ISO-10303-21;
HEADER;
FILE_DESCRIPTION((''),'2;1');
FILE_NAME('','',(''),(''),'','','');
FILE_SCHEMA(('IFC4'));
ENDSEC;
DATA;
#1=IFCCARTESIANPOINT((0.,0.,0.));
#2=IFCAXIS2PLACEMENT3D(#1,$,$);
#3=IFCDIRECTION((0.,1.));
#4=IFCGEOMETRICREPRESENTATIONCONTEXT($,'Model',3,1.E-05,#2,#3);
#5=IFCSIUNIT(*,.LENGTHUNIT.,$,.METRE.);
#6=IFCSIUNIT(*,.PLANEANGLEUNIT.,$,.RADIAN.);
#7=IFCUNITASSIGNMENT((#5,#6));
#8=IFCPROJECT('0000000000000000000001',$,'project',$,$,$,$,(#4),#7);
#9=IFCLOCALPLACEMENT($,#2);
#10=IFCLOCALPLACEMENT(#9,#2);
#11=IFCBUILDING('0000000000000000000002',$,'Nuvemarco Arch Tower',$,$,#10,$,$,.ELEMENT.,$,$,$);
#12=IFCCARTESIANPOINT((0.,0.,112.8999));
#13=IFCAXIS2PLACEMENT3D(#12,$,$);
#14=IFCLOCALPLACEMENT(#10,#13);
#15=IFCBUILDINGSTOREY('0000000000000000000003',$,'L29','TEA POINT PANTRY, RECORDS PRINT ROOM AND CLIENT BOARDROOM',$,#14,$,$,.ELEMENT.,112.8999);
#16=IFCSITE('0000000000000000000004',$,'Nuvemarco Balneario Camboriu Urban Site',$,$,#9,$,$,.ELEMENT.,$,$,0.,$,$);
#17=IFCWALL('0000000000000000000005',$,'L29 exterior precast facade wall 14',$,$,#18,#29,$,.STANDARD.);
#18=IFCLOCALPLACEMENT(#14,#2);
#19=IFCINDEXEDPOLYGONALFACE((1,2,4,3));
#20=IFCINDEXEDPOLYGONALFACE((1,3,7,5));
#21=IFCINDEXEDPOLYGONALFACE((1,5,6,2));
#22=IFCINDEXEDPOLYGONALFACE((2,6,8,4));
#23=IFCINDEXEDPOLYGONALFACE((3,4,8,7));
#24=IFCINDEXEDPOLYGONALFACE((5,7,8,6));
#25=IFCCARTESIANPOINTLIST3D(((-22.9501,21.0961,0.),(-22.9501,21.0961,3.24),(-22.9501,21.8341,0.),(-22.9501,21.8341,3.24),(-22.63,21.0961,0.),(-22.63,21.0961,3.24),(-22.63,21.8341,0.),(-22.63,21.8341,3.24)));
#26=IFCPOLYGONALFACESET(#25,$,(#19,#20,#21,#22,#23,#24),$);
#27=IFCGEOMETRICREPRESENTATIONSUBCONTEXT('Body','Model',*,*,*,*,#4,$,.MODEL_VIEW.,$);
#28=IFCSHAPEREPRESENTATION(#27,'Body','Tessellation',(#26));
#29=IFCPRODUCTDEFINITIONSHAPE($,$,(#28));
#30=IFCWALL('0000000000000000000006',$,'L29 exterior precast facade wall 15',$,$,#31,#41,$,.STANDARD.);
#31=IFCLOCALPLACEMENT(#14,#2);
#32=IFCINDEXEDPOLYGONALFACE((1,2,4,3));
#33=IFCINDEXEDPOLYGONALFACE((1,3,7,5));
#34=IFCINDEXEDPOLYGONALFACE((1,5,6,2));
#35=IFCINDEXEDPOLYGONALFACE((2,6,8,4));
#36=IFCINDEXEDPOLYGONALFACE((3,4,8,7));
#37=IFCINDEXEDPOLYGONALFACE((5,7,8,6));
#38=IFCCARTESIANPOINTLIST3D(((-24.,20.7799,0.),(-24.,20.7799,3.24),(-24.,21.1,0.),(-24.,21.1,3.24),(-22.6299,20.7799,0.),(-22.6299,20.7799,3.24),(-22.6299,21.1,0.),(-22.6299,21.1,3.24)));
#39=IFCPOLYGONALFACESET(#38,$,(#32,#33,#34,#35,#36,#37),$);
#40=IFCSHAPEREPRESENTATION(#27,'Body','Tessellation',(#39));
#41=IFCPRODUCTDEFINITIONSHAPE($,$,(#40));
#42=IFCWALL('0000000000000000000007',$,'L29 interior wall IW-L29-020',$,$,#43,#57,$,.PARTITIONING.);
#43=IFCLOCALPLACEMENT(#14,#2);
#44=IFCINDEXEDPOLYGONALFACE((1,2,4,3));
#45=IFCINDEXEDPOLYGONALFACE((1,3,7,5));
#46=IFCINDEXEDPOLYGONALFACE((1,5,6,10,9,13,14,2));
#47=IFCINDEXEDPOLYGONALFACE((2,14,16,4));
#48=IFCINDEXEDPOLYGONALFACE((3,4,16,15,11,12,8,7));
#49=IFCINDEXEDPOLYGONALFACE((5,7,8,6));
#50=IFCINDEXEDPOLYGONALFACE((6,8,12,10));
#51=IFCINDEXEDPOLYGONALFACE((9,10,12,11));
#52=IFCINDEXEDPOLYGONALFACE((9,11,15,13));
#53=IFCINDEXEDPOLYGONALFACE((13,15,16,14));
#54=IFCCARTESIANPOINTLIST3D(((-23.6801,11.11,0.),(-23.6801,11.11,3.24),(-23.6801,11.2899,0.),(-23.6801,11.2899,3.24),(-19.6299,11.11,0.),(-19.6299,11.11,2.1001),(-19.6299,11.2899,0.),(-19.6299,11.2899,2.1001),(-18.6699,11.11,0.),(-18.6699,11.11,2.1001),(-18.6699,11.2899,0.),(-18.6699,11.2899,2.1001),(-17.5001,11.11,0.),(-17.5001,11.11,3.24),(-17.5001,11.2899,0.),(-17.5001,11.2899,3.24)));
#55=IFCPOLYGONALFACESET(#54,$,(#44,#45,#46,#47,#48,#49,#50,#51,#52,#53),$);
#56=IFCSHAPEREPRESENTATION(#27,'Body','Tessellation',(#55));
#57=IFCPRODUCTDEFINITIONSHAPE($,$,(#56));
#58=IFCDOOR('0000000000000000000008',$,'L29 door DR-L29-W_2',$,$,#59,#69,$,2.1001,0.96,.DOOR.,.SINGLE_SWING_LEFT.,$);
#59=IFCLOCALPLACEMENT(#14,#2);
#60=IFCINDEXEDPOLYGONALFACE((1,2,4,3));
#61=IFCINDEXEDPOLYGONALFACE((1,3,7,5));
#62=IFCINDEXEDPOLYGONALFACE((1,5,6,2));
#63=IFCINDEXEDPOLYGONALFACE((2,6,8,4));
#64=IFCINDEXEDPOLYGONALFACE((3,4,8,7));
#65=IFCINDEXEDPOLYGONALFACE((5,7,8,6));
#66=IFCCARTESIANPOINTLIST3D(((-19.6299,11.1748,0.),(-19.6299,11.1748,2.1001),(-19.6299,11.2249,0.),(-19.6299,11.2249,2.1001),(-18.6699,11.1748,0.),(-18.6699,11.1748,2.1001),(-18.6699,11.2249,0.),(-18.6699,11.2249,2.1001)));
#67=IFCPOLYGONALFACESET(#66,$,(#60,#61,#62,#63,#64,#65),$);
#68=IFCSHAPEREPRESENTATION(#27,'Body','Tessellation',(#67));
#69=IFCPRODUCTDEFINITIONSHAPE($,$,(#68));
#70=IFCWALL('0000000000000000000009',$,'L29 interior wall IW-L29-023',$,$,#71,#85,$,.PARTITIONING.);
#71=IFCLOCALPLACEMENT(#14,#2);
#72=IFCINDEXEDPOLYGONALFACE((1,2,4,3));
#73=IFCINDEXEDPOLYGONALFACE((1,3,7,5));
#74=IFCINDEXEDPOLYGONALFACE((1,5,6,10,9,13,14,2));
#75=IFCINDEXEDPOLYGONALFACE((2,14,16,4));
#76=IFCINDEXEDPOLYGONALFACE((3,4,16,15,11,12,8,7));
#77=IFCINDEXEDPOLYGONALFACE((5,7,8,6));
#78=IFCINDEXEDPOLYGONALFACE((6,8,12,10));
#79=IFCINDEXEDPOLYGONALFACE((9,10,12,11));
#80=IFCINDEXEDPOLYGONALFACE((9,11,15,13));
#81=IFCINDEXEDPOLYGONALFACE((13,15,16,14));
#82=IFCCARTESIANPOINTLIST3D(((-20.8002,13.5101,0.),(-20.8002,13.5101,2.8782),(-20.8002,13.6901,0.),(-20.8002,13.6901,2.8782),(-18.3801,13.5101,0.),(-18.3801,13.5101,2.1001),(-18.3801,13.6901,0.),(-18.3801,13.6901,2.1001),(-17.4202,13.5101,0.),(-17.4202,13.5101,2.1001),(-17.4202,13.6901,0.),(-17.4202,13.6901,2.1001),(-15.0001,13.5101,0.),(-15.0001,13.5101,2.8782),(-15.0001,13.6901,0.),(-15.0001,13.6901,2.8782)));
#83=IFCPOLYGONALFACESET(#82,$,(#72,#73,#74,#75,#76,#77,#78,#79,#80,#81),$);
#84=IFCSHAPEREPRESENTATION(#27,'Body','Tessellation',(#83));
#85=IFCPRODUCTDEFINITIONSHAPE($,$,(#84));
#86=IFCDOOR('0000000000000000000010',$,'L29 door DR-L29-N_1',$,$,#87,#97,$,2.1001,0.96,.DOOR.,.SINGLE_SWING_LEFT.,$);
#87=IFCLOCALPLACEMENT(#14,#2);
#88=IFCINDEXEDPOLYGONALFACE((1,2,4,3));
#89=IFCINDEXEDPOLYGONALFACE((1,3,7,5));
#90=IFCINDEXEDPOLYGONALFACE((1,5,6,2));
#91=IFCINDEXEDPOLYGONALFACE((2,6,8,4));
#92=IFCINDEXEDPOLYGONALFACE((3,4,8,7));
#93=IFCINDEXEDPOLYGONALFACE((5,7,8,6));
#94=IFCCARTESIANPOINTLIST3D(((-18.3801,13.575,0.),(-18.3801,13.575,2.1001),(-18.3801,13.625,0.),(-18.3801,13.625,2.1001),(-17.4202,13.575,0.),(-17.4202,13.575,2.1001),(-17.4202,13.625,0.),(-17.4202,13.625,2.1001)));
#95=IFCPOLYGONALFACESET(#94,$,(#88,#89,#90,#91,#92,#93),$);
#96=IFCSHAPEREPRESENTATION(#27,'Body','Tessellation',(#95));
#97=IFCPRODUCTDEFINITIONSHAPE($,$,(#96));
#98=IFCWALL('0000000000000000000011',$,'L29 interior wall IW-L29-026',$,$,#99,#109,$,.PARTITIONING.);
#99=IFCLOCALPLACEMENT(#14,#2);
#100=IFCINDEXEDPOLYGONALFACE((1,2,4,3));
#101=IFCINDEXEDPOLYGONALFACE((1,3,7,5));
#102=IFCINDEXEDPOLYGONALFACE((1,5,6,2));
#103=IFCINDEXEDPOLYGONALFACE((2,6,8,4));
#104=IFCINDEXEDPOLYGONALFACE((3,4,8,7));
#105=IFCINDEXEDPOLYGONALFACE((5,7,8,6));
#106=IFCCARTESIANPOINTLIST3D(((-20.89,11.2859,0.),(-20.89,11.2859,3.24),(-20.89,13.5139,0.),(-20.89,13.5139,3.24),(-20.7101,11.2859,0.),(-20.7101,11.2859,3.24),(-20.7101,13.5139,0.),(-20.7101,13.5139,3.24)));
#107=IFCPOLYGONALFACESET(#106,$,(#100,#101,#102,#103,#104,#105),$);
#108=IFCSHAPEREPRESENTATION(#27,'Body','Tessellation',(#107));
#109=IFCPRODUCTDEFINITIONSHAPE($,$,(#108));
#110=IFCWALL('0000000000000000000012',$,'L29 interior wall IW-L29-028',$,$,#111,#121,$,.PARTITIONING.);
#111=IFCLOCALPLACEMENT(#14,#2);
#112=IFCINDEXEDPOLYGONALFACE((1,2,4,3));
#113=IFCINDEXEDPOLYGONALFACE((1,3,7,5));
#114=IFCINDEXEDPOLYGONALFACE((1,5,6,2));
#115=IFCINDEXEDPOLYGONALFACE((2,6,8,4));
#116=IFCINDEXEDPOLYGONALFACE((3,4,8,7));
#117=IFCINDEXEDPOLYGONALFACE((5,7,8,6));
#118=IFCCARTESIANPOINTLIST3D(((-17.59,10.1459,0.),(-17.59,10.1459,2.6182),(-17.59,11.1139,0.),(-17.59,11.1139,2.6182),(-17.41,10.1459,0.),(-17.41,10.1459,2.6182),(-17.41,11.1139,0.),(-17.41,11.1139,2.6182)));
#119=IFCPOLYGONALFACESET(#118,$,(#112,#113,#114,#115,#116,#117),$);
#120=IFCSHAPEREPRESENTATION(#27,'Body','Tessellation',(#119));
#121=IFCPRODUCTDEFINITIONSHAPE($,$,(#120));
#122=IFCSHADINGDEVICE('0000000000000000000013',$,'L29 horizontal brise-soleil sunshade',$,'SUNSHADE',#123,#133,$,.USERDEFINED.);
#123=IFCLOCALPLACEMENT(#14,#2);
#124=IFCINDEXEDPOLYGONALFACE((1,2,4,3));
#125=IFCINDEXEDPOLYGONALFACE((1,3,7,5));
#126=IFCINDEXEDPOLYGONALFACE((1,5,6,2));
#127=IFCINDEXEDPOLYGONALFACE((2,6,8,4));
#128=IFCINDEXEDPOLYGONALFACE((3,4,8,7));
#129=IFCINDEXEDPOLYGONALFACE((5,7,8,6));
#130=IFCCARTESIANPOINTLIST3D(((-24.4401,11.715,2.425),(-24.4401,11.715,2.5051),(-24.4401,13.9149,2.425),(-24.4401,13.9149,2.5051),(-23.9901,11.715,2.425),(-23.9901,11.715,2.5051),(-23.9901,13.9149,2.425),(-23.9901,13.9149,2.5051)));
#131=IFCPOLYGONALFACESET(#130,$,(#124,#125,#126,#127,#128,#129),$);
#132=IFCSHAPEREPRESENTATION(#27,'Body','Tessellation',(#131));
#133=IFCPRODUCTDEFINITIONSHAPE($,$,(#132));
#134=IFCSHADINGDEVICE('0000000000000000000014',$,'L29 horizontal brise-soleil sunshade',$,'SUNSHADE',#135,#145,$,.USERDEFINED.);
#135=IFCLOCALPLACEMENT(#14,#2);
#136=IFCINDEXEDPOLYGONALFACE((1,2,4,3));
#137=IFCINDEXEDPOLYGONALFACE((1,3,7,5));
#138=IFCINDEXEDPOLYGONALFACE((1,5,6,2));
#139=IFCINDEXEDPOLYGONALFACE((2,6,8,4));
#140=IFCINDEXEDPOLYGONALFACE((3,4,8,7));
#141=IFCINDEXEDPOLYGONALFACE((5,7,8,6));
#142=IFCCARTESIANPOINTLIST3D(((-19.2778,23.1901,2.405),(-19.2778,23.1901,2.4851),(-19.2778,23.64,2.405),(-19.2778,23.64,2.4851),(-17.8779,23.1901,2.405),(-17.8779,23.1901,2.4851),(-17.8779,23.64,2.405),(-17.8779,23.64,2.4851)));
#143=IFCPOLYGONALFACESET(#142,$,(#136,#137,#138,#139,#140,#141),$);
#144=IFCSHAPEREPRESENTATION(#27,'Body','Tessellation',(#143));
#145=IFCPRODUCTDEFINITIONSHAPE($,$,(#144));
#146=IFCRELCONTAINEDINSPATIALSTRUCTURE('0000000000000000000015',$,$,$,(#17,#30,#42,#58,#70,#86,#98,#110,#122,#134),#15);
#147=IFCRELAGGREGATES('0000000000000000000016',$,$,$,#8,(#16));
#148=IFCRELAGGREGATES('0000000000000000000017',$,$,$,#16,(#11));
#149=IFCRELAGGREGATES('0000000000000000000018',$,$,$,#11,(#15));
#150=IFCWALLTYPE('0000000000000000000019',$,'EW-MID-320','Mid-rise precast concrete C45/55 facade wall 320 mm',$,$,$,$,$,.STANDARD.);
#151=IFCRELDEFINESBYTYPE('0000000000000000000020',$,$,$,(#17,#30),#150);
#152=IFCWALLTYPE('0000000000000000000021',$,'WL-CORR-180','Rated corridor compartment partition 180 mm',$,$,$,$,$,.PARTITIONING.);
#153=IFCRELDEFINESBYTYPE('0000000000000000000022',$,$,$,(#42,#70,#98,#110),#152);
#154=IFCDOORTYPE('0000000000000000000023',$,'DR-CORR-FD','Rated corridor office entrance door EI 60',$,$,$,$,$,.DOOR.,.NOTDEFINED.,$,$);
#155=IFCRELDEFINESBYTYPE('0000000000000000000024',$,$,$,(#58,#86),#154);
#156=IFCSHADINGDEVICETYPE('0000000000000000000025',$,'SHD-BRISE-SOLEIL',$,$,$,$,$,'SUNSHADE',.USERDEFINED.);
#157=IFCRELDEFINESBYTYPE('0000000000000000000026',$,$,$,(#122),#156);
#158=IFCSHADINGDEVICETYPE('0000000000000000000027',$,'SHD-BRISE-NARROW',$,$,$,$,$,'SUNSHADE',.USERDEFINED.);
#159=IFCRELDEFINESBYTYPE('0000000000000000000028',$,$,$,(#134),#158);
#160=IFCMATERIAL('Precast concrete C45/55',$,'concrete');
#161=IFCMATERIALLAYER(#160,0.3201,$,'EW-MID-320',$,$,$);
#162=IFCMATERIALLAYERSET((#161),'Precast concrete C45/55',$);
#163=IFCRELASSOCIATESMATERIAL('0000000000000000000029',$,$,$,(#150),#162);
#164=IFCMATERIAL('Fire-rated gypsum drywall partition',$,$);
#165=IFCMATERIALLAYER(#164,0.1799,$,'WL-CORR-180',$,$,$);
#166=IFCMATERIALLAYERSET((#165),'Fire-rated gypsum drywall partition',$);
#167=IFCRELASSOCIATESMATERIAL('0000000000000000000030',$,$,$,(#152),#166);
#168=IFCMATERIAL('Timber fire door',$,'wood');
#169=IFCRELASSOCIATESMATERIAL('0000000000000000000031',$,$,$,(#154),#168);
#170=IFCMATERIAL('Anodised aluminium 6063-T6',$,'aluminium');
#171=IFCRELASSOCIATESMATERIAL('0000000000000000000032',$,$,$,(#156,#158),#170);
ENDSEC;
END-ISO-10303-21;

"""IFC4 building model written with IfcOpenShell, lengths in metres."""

from ifc_helpers import new_model, si_unit, direction, frame, frame_2d, origin, origin_2d, place, context, subcontext, project, spatial, rectangle, extrude, source, transform, mapped, material, layer, layer_set, type_object, type_shapes, element, fill, save


model = new_model("IFC4")

# Units and contexts
model_context = context("Model", 3, precision=1e-05, world=origin(), true_north=direction((0.0, 1.0)))
body_context = subcontext(model_context, "Body", "Model", "MODEL_VIEW")
ifc_project = project(units=[si_unit("LENGTHUNIT", "METRE"), si_unit("PLANEANGLEUNIT", "RADIAN")], contexts=[model_context])

# Site, building, storey
site_placement = place(None, origin())
site = spatial("IfcSite", under=ifc_project, at=site_placement, Name="Nuvemarco Balneario Camboriu Urban Site", CompositionType="ELEMENT", RefElevation=0.0)
building_placement = place(site_placement, origin())
building = spatial("IfcBuilding", under=site, at=building_placement, Name="Nuvemarco Arch Tower", CompositionType="ELEMENT")
storey_placement = place(building_placement, frame((0.0, 0.0, 112.8999)))
storey = spatial("IfcBuildingStorey", under=building, at=storey_placement, Name="L29", Description="TEA POINT PANTRY, RECORDS PRINT ROOM AND CLIENT BOARDROOM", CompositionType="ELEMENT", Elevation=112.8999)

# Shared definitions
ifc_material_1 = material(Name="Precast concrete C45/55", Category="concrete")
ifc_layer_1 = layer(ifc_material_1, 0.3201, Name="EW-MID-320")
ifc_layer_set_1 = layer_set([ifc_layer_1], Name="Precast concrete C45/55")
wall_type_1 = type_object("IfcWallType", Name="EW-MID-320", Description="Mid-rise precast concrete C45/55 facade wall 320 mm", PredefinedType="STANDARD", material=ifc_layer_set_1)

# Walls
wall_1_placement = place(storey_placement, frame((-22.79, 21.0959, 0.0), z_axis=(0.0, 0.0, 1.0), x_axis=(0.0, 1.0, 0.0)))
element("IfcWall", 1, at=wall_1_placement, inside=storey, type_object=wall_type_1, Name="L29 exterior precast facade wall 14", PredefinedType="STANDARD", context=body_context, shape_type="SweptSolid", body=[
    extrude(rectangle(XDim=0.738, YDim=0.3201, at=frame_2d((0.3691, 0.0))), origin(), (0.0, 0.0, 1.0), 3.24),
])
wall_2_placement = place(storey_placement, frame((-24.0, 20.9399, 0.0), z_axis=(0.0, 0.0, 1.0), x_axis=(1.0, 0.0, 0.0)))
element("IfcWall", 2, at=wall_2_placement, inside=storey, type_object=wall_type_1, Name="L29 exterior precast facade wall 15", PredefinedType="STANDARD", context=body_context, shape_type="SweptSolid", body=[
    extrude(rectangle(XDim=1.3701, YDim=0.3201, at=frame_2d((0.6851, 0.0))), origin(), (0.0, 0.0, 1.0), 3.24),
])

# Walls, openings, doors
ifc_material_2 = material(Name="Fire-rated gypsum drywall partition")
ifc_layer_2 = layer(ifc_material_2, 0.1799, Name="WL-CORR-180")
ifc_layer_set_2 = layer_set([ifc_layer_2], Name="Fire-rated gypsum drywall partition")
wall_type_2 = type_object("IfcWallType", Name="WL-CORR-180", Description="Rated corridor compartment partition 180 mm", PredefinedType="PARTITIONING", material=ifc_layer_set_2)
wall_3_placement = place(storey_placement, frame((-23.6799, 11.2, 0.0), z_axis=(0.0, 0.0, 1.0), x_axis=(1.0, 0.0, 0.0)))
wall_3 = element("IfcWall", 3, at=wall_3_placement, inside=storey, type_object=wall_type_2, Name="L29 interior wall IW-L29-020", PredefinedType="PARTITIONING", context=body_context, shape_type="SweptSolid", body=[
    extrude(rectangle(XDim=6.1799, YDim=0.1799, at=frame_2d((3.0898, 0.0))), origin(), (0.0, 0.0, 1.0), 3.24),
])
opening_1_placement = place(wall_3_placement, frame((4.05, 0.0, 0.0)))
opening_1 = element("IfcOpeningElement", 4, at=opening_1_placement, cuts=wall_3, PredefinedType="OPENING", context=body_context, shape_type="SweptSolid", body=[
    extrude(rectangle(XDim=0.96, YDim=2.1001, at=frame_2d((0.48, 1.05))), frame((0.0, 0.0999, 0.0), z_axis=(0.0, -1.0, 0.0), x_axis=(1.0, 0.0, 0.0)), (0.0, 0.0, 1.0), 0.2),
])
ifc_material_3 = material(Name="Timber fire door", Category="wood")
door_type = type_object("IfcDoorType", Name="DR-CORR-FD", Description="Rated corridor office entrance door EI 60", OperationType="NOTDEFINED", PredefinedType="DOOR", material=ifc_material_3)
shared_shape_1 = source(origin(), body_context, "Body", "SweptSolid", [
    extrude(rectangle(XDim=0.96, YDim=2.1001, at=frame_2d((0.48, 1.05))), frame((0.0, 0.0249, 0.0), z_axis=(0.0, -1.0, 0.0), x_axis=(1.0, 0.0, 0.0)), (0.0, 0.0, 1.0), 0.05),
])
type_shapes(door_type, [shared_shape_1])
door_1_placement = place(opening_1_placement, origin())
door_1 = element("IfcDoor", 5, at=door_1_placement, inside=storey, type_object=door_type, Name="L29 door DR-L29-W_2", OperationType="SINGLE_SWING_LEFT", OverallHeight=2.1001, OverallWidth=0.96, PredefinedType="DOOR", context=body_context, shape_type="MappedRepresentation", body=[
    mapped(shared_shape_1, transform((0.0, 0.0, 0.0), scale=1.0)),
])
fill(opening_1, door_1)
wall_4_placement = place(storey_placement, frame((-20.8, 13.6001, 0.0), z_axis=(0.0, 0.0, 1.0), x_axis=(1.0, 0.0, 0.0)))
wall_4 = element("IfcWall", 6, at=wall_4_placement, inside=storey, type_object=wall_type_2, Name="L29 interior wall IW-L29-023", PredefinedType="PARTITIONING", context=body_context, shape_type="SweptSolid", body=[
    extrude(rectangle(XDim=5.8, YDim=0.1799, at=frame_2d((2.8999, 0.0))), origin(), (0.0, 0.0, 1.0), 2.8782),
])
opening_2_placement = place(wall_4_placement, frame((2.4199, 0.0, 0.0)))
opening_2 = element("IfcOpeningElement", 7, at=opening_2_placement, cuts=wall_4, PredefinedType="OPENING", context=body_context, shape_type="SweptSolid", body=[
    extrude(rectangle(XDim=0.96, YDim=2.1001, at=frame_2d((0.48, 1.05))), frame((0.0, 0.0999, 0.0), z_axis=(0.0, -1.0, 0.0), x_axis=(1.0, 0.0, 0.0)), (0.0, 0.0, 1.0), 0.2),
])
door_2_placement = place(opening_2_placement, origin())
door_2 = element("IfcDoor", 8, at=door_2_placement, inside=storey, type_object=door_type, Name="L29 door DR-L29-N_1", OperationType="SINGLE_SWING_LEFT", OverallHeight=2.1001, OverallWidth=0.96, PredefinedType="DOOR", context=body_context, shape_type="MappedRepresentation", body=[
    mapped(shared_shape_1, transform((0.0, 0.0, 0.0), scale=1.0)),
])
fill(opening_2, door_2)

# Walls
wall_5_placement = place(storey_placement, frame((-20.8, 11.2859, 0.0), z_axis=(0.0, 0.0, 1.0), x_axis=(0.0, 1.0, 0.0)))
element("IfcWall", 9, at=wall_5_placement, inside=storey, type_object=wall_type_2, Name="L29 interior wall IW-L29-026", PredefinedType="PARTITIONING", context=body_context, shape_type="SweptSolid", body=[
    extrude(rectangle(XDim=2.228, YDim=0.1799, at=frame_2d((1.114, 0.0))), origin(), (0.0, 0.0, 1.0), 3.24),
])
wall_6_placement = place(storey_placement, frame((-17.5, 10.146, 0.0), z_axis=(0.0, 0.0, 1.0), x_axis=(0.0, 1.0, 0.0)))
element("IfcWall", 10, at=wall_6_placement, inside=storey, type_object=wall_type_2, Name="L29 interior wall IW-L29-028", PredefinedType="PARTITIONING", context=body_context, shape_type="SweptSolid", body=[
    extrude(rectangle(XDim=0.968, YDim=0.1799, at=frame_2d((0.4839, 0.0))), origin(), (0.0, 0.0, 1.0), 2.6182),
])

# Shading devices
ifc_material_4 = material(Name="Anodised aluminium 6063-T6", Category="aluminium")
shading_device_type_1 = type_object("IfcShadingDeviceType", Name="SHD-BRISE-SOLEIL", ElementType="SUNSHADE", PredefinedType="USERDEFINED", material=ifc_material_4)
shared_shape_2 = source(origin(), body_context, "Body", "SweptSolid", [
    extrude(rectangle(XDim=2.2, YDim=0.45, at=origin_2d()), origin(), (0.0, 0.0, 1.0), 0.0801),
])
type_shapes(shading_device_type_1, [shared_shape_2])
shading_device_1_placement = place(storey_placement, frame((-24.2151, 12.8149, 2.425), z_axis=(0.0, 0.0, 1.0), x_axis=(0.0, 1.0, 0.0)))
element("IfcShadingDevice", 11, at=shading_device_1_placement, inside=storey, type_object=shading_device_type_1, Name="L29 horizontal brise-soleil sunshade", ObjectType="SUNSHADE", PredefinedType="USERDEFINED", context=body_context, shape_type="MappedRepresentation", body=[
    mapped(shared_shape_2, transform((0.0, 0.0, 0.0), scale=1.0)),
])
shading_device_type_2 = type_object("IfcShadingDeviceType", Name="SHD-BRISE-NARROW", ElementType="SUNSHADE", PredefinedType="USERDEFINED", material=ifc_material_4)
shared_shape_3 = source(origin(), body_context, "Body", "SweptSolid", [
    extrude(rectangle(XDim=1.3999, YDim=0.45, at=origin_2d()), origin(), (0.0, 0.0, 1.0), 0.0801),
])
type_shapes(shading_device_type_2, [shared_shape_3])
shading_device_2_placement = place(storey_placement, frame((-18.5779, 23.415, 2.405), z_axis=(0.0, 0.0, 1.0), x_axis=(1.0, 0.0, 0.0)))
element("IfcShadingDevice", 12, at=shading_device_2_placement, inside=storey, type_object=shading_device_type_2, Name="L29 horizontal brise-soleil sunshade", ObjectType="SUNSHADE", PredefinedType="USERDEFINED", context=body_context, shape_type="MappedRepresentation", body=[
    mapped(shared_shape_3, transform((0.0, 0.0, 0.0), scale=1.0)),
])

save(model, "model.ifc")
